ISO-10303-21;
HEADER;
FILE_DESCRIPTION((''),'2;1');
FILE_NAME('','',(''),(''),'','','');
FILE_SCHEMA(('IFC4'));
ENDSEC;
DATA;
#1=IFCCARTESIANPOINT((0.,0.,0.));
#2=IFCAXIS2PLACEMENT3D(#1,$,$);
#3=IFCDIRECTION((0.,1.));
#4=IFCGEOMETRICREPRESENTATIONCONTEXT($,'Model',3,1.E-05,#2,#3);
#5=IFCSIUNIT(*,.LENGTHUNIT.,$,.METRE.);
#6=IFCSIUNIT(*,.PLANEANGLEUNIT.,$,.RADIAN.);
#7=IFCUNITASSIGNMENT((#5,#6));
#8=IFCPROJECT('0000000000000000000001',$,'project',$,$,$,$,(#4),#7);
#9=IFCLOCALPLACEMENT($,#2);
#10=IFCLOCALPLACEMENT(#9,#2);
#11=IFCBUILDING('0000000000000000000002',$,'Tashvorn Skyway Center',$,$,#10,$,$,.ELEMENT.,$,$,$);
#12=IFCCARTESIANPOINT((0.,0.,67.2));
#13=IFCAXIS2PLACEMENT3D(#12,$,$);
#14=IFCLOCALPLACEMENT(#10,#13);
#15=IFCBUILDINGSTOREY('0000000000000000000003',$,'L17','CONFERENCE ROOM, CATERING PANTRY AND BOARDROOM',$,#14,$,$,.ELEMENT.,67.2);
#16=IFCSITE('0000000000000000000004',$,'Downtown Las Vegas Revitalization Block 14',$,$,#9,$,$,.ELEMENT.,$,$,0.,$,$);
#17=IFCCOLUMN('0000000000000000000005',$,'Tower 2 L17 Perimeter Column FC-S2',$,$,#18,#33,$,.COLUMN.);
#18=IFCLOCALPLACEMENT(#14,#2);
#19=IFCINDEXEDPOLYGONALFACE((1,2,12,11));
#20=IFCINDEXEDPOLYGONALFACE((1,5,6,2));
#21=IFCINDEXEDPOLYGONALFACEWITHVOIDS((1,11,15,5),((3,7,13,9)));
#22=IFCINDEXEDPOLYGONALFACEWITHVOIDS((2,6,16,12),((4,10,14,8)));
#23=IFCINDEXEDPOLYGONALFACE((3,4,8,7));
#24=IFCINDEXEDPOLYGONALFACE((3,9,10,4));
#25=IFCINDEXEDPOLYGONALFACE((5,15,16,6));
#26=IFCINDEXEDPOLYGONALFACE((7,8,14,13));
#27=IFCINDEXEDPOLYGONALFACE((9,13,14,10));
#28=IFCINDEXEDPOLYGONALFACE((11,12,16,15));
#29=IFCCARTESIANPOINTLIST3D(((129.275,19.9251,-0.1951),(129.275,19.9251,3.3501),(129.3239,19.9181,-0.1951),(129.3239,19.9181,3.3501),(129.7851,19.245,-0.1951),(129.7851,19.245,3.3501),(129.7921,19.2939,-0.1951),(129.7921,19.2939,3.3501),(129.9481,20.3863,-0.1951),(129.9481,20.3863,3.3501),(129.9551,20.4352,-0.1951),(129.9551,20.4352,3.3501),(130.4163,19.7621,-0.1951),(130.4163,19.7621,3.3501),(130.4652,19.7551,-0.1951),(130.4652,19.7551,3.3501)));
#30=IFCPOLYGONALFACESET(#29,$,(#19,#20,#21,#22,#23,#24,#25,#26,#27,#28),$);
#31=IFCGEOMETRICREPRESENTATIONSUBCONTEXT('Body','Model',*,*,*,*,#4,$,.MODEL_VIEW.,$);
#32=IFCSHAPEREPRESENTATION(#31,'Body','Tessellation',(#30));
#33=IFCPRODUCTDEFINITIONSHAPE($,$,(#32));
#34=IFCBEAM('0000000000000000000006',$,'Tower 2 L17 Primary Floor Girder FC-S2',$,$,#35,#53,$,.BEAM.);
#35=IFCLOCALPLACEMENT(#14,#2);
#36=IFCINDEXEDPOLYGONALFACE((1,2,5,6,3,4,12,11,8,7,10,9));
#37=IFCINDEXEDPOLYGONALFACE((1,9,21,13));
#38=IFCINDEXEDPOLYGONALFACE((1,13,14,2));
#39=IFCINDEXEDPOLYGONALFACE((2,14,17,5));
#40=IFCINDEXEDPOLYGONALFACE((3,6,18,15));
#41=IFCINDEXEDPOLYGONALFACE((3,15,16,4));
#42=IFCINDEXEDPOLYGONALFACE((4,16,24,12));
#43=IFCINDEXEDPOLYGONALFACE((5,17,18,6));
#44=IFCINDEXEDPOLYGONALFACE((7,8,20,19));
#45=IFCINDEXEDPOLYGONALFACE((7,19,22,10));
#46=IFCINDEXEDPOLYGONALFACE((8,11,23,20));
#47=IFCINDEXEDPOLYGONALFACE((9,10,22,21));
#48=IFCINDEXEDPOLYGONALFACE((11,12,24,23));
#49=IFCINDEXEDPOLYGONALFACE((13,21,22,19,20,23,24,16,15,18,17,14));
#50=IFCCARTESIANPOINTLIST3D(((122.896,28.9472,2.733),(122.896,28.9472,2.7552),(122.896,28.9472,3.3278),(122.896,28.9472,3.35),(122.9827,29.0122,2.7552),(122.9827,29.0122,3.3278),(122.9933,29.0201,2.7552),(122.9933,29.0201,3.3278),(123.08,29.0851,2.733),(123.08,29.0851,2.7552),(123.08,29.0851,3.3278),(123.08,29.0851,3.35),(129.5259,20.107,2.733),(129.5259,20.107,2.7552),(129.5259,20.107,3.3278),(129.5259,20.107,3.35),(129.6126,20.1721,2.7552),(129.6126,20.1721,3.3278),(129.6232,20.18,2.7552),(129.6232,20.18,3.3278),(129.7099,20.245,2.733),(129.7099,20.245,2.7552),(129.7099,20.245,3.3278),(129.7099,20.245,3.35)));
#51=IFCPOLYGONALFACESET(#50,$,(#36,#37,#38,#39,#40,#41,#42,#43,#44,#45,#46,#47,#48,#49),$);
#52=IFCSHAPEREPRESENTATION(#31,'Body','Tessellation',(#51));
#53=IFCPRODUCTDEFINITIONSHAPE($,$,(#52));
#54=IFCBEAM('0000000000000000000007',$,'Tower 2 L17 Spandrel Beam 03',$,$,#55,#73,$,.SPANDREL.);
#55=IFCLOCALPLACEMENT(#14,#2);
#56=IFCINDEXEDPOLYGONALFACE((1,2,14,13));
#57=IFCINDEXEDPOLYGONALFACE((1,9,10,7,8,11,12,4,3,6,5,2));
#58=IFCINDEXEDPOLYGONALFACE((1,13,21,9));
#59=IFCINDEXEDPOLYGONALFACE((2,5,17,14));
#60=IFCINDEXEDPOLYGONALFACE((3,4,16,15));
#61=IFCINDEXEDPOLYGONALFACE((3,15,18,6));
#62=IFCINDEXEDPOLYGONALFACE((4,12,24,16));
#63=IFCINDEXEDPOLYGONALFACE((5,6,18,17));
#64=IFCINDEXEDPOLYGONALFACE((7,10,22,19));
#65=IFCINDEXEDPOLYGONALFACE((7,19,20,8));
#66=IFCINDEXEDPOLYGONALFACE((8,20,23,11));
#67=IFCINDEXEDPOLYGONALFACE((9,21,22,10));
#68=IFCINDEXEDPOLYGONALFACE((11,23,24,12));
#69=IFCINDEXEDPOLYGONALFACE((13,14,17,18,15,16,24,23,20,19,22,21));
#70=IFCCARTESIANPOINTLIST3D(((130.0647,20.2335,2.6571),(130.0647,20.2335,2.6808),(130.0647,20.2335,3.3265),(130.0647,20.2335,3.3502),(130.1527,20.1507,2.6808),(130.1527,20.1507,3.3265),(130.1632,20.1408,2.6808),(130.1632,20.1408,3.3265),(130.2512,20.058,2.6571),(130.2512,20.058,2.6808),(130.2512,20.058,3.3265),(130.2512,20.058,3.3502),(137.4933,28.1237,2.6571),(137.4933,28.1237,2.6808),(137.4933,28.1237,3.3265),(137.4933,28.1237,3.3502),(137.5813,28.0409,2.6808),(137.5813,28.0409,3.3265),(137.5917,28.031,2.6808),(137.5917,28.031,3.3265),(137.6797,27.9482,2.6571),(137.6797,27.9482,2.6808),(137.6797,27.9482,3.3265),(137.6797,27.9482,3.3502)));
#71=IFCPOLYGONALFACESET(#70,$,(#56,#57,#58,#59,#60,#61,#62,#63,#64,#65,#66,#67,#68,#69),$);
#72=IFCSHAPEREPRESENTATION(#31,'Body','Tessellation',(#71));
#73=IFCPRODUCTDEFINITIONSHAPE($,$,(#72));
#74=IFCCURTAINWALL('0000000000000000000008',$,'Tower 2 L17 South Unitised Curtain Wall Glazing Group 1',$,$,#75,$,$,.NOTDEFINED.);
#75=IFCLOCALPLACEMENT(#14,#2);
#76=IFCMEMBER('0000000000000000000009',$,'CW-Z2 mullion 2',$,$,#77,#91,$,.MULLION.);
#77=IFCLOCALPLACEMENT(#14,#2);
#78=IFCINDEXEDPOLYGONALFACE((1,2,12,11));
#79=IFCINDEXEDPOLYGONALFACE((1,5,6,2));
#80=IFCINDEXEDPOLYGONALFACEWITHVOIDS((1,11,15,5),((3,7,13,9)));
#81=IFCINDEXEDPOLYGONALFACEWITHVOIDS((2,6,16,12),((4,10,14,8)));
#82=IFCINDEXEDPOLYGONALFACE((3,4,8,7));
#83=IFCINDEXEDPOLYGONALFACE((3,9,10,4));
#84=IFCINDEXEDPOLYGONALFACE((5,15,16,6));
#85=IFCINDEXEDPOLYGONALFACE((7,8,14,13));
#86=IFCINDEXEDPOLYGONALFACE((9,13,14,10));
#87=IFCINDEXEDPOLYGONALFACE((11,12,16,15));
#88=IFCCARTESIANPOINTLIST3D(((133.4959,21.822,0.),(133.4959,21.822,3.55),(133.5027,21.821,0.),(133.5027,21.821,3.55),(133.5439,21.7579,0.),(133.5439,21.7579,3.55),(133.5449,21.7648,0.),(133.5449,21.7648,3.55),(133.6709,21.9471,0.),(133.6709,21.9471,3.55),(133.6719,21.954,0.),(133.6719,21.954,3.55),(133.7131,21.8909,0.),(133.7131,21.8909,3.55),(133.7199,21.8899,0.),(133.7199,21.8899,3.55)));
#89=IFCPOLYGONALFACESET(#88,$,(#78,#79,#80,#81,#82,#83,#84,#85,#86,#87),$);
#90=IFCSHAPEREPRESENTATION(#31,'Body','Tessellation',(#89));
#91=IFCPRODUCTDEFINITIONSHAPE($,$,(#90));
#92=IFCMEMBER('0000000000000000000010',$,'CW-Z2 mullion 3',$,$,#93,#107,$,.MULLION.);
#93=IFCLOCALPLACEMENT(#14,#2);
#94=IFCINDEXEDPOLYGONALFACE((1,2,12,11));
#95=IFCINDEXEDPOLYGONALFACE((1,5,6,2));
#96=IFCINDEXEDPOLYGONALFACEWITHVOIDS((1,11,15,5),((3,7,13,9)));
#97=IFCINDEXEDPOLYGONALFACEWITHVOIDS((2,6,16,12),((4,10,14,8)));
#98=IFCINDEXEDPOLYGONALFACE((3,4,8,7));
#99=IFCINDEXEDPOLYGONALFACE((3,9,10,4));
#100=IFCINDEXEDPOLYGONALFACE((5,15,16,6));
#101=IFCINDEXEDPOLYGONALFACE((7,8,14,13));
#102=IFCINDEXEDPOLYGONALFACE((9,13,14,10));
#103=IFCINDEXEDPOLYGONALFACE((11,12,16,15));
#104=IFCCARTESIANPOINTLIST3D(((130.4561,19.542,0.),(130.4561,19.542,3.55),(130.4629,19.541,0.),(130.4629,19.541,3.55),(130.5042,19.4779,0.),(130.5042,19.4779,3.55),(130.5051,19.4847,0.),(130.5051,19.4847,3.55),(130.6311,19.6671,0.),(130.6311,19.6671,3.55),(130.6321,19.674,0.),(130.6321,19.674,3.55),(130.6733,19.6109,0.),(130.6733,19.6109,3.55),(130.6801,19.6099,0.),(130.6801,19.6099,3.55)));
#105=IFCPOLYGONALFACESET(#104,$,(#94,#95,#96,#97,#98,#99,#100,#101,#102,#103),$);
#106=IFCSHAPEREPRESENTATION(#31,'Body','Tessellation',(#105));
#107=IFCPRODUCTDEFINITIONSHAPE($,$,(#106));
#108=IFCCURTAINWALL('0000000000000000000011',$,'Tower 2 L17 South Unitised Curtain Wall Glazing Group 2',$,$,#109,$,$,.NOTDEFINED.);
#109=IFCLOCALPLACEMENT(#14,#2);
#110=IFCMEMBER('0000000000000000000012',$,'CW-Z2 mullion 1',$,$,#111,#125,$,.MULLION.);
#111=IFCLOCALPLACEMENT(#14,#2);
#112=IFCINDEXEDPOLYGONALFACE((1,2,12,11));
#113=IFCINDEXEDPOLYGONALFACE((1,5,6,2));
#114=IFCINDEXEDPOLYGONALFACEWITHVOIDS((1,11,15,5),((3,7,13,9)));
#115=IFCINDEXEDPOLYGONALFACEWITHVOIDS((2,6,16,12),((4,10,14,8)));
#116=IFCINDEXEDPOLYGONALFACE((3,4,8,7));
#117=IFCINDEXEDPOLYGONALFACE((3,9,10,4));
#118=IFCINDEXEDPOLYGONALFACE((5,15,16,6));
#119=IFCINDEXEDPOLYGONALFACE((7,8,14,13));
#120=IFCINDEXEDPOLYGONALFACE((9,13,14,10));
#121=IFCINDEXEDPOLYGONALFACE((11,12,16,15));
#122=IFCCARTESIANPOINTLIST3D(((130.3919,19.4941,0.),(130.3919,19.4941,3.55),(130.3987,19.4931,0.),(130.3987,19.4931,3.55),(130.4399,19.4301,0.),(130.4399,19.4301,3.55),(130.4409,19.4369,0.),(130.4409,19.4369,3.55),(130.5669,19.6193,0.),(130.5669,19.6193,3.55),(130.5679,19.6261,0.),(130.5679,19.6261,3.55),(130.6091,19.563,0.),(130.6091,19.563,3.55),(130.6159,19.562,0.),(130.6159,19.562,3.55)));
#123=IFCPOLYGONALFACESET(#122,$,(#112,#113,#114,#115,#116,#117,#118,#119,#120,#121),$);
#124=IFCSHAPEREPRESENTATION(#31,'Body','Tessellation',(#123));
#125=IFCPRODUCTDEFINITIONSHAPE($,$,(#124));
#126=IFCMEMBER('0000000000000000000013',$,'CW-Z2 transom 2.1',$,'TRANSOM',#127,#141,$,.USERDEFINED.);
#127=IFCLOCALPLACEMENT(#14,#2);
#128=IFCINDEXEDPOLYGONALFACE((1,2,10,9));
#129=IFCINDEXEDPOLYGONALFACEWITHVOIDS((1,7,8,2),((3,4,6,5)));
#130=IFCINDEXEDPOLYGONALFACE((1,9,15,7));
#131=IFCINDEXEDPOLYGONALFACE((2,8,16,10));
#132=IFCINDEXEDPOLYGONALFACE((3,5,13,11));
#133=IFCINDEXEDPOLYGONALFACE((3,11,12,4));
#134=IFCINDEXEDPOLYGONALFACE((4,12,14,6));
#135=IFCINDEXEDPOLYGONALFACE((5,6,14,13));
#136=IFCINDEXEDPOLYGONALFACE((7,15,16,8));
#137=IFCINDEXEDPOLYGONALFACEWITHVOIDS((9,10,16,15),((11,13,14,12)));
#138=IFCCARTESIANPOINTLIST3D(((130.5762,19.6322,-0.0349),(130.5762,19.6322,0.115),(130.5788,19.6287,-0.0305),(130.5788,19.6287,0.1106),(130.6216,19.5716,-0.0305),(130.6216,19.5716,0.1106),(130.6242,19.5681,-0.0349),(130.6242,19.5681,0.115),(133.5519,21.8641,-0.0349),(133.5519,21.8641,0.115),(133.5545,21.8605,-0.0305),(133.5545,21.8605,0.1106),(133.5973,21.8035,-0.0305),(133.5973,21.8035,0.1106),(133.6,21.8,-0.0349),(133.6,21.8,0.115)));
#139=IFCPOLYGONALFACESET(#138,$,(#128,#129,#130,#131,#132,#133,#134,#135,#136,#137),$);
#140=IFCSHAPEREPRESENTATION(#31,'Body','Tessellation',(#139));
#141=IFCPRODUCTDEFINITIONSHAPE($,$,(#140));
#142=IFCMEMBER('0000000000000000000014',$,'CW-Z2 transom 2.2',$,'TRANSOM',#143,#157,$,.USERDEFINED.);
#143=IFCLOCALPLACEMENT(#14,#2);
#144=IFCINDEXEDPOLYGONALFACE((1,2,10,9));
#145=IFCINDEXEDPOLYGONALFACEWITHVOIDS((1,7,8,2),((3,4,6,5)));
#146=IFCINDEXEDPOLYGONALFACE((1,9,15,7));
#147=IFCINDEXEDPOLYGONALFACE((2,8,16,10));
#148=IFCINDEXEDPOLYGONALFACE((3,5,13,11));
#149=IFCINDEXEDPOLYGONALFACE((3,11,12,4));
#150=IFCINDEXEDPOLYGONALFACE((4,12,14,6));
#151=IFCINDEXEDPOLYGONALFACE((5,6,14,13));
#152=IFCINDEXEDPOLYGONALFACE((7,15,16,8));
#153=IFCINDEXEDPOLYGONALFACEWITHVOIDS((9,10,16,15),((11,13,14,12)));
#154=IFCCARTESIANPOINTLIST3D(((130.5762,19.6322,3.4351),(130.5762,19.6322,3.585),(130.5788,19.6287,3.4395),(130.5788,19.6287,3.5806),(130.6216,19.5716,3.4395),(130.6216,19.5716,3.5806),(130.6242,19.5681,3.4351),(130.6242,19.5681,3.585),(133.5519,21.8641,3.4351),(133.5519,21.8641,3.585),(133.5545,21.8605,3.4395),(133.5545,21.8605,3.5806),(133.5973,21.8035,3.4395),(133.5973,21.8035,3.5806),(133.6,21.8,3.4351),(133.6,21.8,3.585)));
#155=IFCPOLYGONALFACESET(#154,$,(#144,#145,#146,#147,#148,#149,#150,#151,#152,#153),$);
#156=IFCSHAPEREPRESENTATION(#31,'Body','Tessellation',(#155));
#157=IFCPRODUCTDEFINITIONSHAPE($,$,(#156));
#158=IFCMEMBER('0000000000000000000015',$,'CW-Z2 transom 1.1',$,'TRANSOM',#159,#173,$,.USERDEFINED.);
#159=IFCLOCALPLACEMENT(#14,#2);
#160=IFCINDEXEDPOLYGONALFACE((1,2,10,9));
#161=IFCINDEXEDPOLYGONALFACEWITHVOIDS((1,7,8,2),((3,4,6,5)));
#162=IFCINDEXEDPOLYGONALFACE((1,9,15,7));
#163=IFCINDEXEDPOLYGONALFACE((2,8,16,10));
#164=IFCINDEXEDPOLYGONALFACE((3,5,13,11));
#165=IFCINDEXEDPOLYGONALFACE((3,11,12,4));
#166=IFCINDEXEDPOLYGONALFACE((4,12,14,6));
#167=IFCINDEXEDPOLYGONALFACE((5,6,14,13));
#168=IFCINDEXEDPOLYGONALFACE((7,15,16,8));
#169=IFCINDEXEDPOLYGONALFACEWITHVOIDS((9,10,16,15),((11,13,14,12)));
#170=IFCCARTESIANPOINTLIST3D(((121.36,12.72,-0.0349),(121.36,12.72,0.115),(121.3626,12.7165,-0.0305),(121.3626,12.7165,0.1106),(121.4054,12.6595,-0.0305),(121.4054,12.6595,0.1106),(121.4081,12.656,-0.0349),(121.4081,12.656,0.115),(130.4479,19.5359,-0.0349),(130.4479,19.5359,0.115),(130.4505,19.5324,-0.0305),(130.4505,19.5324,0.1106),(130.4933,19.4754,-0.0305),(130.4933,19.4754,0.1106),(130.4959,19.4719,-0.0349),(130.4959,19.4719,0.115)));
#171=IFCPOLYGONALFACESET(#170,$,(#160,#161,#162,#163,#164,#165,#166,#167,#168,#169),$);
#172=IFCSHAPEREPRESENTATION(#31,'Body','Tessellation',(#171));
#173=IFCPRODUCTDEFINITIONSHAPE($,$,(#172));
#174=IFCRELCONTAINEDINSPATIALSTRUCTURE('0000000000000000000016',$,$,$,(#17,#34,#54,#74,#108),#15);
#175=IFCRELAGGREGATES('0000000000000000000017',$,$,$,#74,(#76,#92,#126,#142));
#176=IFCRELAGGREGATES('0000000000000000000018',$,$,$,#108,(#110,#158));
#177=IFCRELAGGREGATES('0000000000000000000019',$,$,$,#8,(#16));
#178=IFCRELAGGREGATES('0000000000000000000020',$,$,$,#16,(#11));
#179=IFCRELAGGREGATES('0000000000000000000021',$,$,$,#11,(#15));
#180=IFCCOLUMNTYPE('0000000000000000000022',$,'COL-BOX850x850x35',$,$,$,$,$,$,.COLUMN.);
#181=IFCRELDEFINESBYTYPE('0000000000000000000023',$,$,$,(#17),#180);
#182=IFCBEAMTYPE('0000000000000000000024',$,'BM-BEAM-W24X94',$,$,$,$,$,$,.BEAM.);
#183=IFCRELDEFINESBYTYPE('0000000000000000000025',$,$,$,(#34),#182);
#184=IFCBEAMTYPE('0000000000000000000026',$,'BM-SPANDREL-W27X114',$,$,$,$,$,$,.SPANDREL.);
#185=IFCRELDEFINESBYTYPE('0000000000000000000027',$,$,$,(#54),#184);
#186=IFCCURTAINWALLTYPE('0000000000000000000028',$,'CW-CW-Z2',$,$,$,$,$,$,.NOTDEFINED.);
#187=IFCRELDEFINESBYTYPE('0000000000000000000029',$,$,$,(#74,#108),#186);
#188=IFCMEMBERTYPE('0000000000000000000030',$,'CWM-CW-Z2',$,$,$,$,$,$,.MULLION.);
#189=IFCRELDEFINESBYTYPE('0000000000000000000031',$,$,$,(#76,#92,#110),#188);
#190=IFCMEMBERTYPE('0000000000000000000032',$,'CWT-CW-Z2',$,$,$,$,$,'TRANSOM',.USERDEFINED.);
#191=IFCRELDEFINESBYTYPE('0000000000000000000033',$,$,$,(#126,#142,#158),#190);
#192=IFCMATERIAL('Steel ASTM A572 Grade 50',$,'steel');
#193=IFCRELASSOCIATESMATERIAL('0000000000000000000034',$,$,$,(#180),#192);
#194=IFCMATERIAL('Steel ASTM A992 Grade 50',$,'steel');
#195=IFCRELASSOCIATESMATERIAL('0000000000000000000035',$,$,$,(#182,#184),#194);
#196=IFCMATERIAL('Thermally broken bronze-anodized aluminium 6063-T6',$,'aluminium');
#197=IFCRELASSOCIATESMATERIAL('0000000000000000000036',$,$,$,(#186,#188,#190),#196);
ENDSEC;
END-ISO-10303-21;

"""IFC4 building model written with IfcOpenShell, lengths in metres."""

from ifc_helpers import new_model, si_unit, direction, frame, origin, origin_2d, place, context, subcontext, project, spatial, hollow_rectangle, i_section, extrude, material, material_profile, profile_set, type_object, element, aggregate, save


model = new_model("IFC4")

# Units and contexts
model_context = context("Model", 3, precision=1e-05, world=origin(), true_north=direction((0.0, 1.0)))
body_context = subcontext(model_context, "Body", "Model", "MODEL_VIEW")
ifc_project = project(units=[si_unit("LENGTHUNIT", "METRE"), si_unit("PLANEANGLEUNIT", "RADIAN")], contexts=[model_context])

# Site, building, storey
site_placement = place(None, origin())
site = spatial("IfcSite", under=ifc_project, at=site_placement, Name="Downtown Las Vegas Revitalization Block 14", CompositionType="ELEMENT", RefElevation=0.0)
building_placement = place(site_placement, origin())
building = spatial("IfcBuilding", under=site, at=building_placement, Name="Tashvorn Skyway Center", CompositionType="ELEMENT")
storey_placement = place(building_placement, frame((0.0, 0.0, 67.2)))
storey = spatial("IfcBuildingStorey", under=building, at=storey_placement, Name="L17", Description="CONFERENCE ROOM, CATERING PANTRY AND BOARDROOM", CompositionType="ELEMENT", Elevation=67.2)

# Column
ifc_material_1 = material(Name="Steel ASTM A572 Grade 50", Category="steel")
ifc_material_profile_1 = material_profile(ifc_material_1, hollow_rectangle(XDim=0.8501, YDim=0.8501, WallThickness=0.0349, at=origin_2d()), Name="BOX850x850x35")
ifc_profile_set_1 = profile_set([ifc_material_profile_1], Name="Steel ASTM A572 Grade 50")
column_type = type_object("IfcColumnType", Name="COL-BOX850x850x35", PredefinedType="COLUMN", material=ifc_profile_set_1)
column_placement = place(storey_placement, frame((129.8701, 19.8401, -0.1951), z_axis=(0.0, 0.0, 1.0), x_axis=(0.8, 0.6, 0.0)))
element("IfcColumn", 1, at=column_placement, inside=storey, type_object=column_type, Name="Tower 2 L17 Perimeter Column FC-S2", PredefinedType="COLUMN", context=body_context, shape_type="SweptSolid", body=[
    extrude(hollow_rectangle(XDim=0.8501, YDim=0.8501, WallThickness=0.0349, at=origin_2d()), origin(), (0.0, 0.0, 1.0), 3.5452),
])

# Beams
ifc_material_2 = material(Name="Steel ASTM A992 Grade 50", Category="steel")
ifc_material_profile_2 = material_profile(ifc_material_2, i_section(OverallWidth=0.23, OverallDepth=0.6169, WebThickness=0.0132, FlangeThickness=0.0222, at=origin_2d()), Name="W24X94")
ifc_profile_set_2 = profile_set([ifc_material_profile_2], Name="Steel ASTM A992 Grade 50")
beam_type_1 = type_object("IfcBeamType", Name="BM-BEAM-W24X94", PredefinedType="BEAM", material=ifc_profile_set_2)
beam_1_placement = place(storey_placement, frame((129.6179, 20.176, 3.0415), z_axis=(-0.599989, 0.800008, 0.0), x_axis=(-0.800008, -0.599989, 0.0)))
element("IfcBeam", 2, at=beam_1_placement, inside=storey, type_object=beam_type_1, Name="Tower 2 L17 Primary Floor Girder FC-S2", PredefinedType="BEAM", context=body_context, shape_type="SweptSolid", body=[
    extrude(i_section(OverallWidth=0.23, OverallDepth=0.6169, WebThickness=0.0132, FlangeThickness=0.0222, at=origin_2d()), origin(), (0.0, 0.0, 1.0), 11.05),
])
ifc_material_profile_3 = material_profile(ifc_material_2, i_section(OverallWidth=0.2561, OverallDepth=0.6931, WebThickness=0.0144, FlangeThickness=0.0237, at=origin_2d()), Name="W27X114")
ifc_profile_set_3 = profile_set([ifc_material_profile_3], Name="Steel ASTM A992 Grade 50")
beam_type_2 = type_object("IfcBeamType", Name="BM-SPANDREL-W27X114", PredefinedType="SPANDREL", material=ifc_profile_set_3)
beam_2_placement = place(storey_placement, frame((130.158, 20.1458, 3.0037), z_axis=(0.685485, 0.728087, 0.0), x_axis=(-0.728087, 0.685485, 0.0)))
element("IfcBeam", 3, at=beam_2_placement, inside=storey, type_object=beam_type_2, Name="Tower 2 L17 Spandrel Beam 03", PredefinedType="SPANDREL", context=body_context, shape_type="SweptSolid", body=[
    extrude(i_section(OverallWidth=0.2561, OverallDepth=0.6931, WebThickness=0.0144, FlangeThickness=0.0237, at=origin_2d()), origin(), (0.0, 0.0, 1.0), 10.8369),
])

# Curtain wall, members
ifc_material_3 = material(Name="Thermally broken bronze-anodized aluminium 6063-T6", Category="aluminium")
curtain_wall_type = type_object("IfcCurtainWallType", Name="CW-CW-Z2", PredefinedType="NOTDEFINED", material=ifc_material_3)
curtain_wall_1_placement = place(storey_placement, origin())
curtain_wall_1 = element("IfcCurtainWall", 4, at=curtain_wall_1_placement, inside=storey, type_object=curtain_wall_type, Name="Tower 2 L17 South Unitised Curtain Wall Glazing Group 1", PredefinedType="NOTDEFINED")
ifc_material_profile_4 = material_profile(ifc_material_3, hollow_rectangle(XDim=0.0801, YDim=0.22, WallThickness=0.0049, at=origin_2d()), Name="ALU-MULL-80x220")
ifc_profile_set_4 = profile_set([ifc_material_profile_4], Name="Thermally broken bronze-anodized aluminium 6063-T6")
member_type_1 = type_object("IfcMemberType", Name="CWM-CW-Z2", PredefinedType="MULLION", material=ifc_profile_set_4)
member_1_placement = place(storey_placement, frame((133.6079, 21.856, 0.0), z_axis=(0.0, 0.0, 1.0), x_axis=(0.6, -0.8, 0.0)))
member_1 = element("IfcMember", 5, at=member_1_placement, type_object=member_type_1, Name="CW-Z2 mullion 2", PredefinedType="MULLION", context=body_context, shape_type="SweptSolid", body=[
    extrude(hollow_rectangle(XDim=0.0801, YDim=0.22, WallThickness=0.0049, at=origin_2d()), origin(), (0.0, 0.0, 1.0), 3.55),
])
member_2_placement = place(storey_placement, frame((130.5681, 19.5759, 0.0), z_axis=(0.0, 0.0, 1.0), x_axis=(0.6, -0.8, 0.0)))
member_2 = element("IfcMember", 6, at=member_2_placement, type_object=member_type_1, Name="CW-Z2 mullion 3", PredefinedType="MULLION", context=body_context, shape_type="SweptSolid", body=[
    extrude(hollow_rectangle(XDim=0.0801, YDim=0.22, WallThickness=0.0049, at=origin_2d()), origin(), (0.0, 0.0, 1.0), 3.55),
])

# Curtain wall, member
curtain_wall_2_placement = place(storey_placement, origin())
curtain_wall_2 = element("IfcCurtainWall", 7, at=curtain_wall_2_placement, inside=storey, type_object=curtain_wall_type, Name="Tower 2 L17 South Unitised Curtain Wall Glazing Group 2", PredefinedType="NOTDEFINED")
member_3_placement = place(storey_placement, frame((130.5039, 19.5281, 0.0), z_axis=(0.0, 0.0, 1.0), x_axis=(0.6, -0.8, 0.0)))
member_3 = element("IfcMember", 8, at=member_3_placement, type_object=member_type_1, Name="CW-Z2 mullion 1", PredefinedType="MULLION", context=body_context, shape_type="SweptSolid", body=[
    extrude(hollow_rectangle(XDim=0.0801, YDim=0.22, WallThickness=0.0049, at=origin_2d()), origin(), (0.0, 0.0, 1.0), 3.55),
])

# Members
ifc_material_profile_5 = material_profile(ifc_material_3, hollow_rectangle(XDim=0.0801, YDim=0.1499, WallThickness=0.0044, at=origin_2d()), Name="ALU-TRAN-80x150")
ifc_profile_set_5 = profile_set([ifc_material_profile_5], Name="Thermally broken bronze-anodized aluminium 6063-T6")
member_type_2 = type_object("IfcMemberType", Name="CWT-CW-Z2", ElementType="TRANSOM", PredefinedType="USERDEFINED", material=ifc_profile_set_5)
member_4_placement = place(storey_placement, frame((133.5759, 21.832, 0.04), z_axis=(-0.799992, -0.600011, 0.0), x_axis=(0.600011, -0.799992, 0.0)))
member_4 = element("IfcMember", 9, at=member_4_placement, type_object=member_type_2, Name="CW-Z2 transom 2.1", ObjectType="TRANSOM", PredefinedType="USERDEFINED", context=body_context, shape_type="SweptSolid", body=[
    extrude(hollow_rectangle(XDim=0.0801, YDim=0.1499, WallThickness=0.0044, at=origin_2d()), origin(), (0.0, 0.0, 1.0), 3.7197),
])
member_5_placement = place(storey_placement, frame((133.5759, 21.832, 3.51), z_axis=(-0.799992, -0.600011, 0.0), x_axis=(0.600011, -0.799992, 0.0)))
member_5 = element("IfcMember", 10, at=member_5_placement, type_object=member_type_2, Name="CW-Z2 transom 2.2", ObjectType="TRANSOM", PredefinedType="USERDEFINED", context=body_context, shape_type="SweptSolid", body=[
    extrude(hollow_rectangle(XDim=0.0801, YDim=0.1499, WallThickness=0.0044, at=origin_2d()), origin(), (0.0, 0.0, 1.0), 3.7197),
])
member_6_placement = place(storey_placement, frame((130.4719, 19.5039, 0.04), z_axis=(-0.8, -0.6, 0.0), x_axis=(0.6, -0.8, 0.0)))
member_6 = element("IfcMember", 11, at=member_6_placement, type_object=member_type_2, Name="CW-Z2 transom 1.1", ObjectType="TRANSOM", PredefinedType="USERDEFINED", context=body_context, shape_type="SweptSolid", body=[
    extrude(hollow_rectangle(XDim=0.0801, YDim=0.1499, WallThickness=0.0044, at=origin_2d()), origin(), (0.0, 0.0, 1.0), 11.3599),
])

aggregate(curtain_wall_1, [member_1, member_2, member_4, member_5])
aggregate(curtain_wall_2, [member_3, member_6])

save(model, "model.ifc")
